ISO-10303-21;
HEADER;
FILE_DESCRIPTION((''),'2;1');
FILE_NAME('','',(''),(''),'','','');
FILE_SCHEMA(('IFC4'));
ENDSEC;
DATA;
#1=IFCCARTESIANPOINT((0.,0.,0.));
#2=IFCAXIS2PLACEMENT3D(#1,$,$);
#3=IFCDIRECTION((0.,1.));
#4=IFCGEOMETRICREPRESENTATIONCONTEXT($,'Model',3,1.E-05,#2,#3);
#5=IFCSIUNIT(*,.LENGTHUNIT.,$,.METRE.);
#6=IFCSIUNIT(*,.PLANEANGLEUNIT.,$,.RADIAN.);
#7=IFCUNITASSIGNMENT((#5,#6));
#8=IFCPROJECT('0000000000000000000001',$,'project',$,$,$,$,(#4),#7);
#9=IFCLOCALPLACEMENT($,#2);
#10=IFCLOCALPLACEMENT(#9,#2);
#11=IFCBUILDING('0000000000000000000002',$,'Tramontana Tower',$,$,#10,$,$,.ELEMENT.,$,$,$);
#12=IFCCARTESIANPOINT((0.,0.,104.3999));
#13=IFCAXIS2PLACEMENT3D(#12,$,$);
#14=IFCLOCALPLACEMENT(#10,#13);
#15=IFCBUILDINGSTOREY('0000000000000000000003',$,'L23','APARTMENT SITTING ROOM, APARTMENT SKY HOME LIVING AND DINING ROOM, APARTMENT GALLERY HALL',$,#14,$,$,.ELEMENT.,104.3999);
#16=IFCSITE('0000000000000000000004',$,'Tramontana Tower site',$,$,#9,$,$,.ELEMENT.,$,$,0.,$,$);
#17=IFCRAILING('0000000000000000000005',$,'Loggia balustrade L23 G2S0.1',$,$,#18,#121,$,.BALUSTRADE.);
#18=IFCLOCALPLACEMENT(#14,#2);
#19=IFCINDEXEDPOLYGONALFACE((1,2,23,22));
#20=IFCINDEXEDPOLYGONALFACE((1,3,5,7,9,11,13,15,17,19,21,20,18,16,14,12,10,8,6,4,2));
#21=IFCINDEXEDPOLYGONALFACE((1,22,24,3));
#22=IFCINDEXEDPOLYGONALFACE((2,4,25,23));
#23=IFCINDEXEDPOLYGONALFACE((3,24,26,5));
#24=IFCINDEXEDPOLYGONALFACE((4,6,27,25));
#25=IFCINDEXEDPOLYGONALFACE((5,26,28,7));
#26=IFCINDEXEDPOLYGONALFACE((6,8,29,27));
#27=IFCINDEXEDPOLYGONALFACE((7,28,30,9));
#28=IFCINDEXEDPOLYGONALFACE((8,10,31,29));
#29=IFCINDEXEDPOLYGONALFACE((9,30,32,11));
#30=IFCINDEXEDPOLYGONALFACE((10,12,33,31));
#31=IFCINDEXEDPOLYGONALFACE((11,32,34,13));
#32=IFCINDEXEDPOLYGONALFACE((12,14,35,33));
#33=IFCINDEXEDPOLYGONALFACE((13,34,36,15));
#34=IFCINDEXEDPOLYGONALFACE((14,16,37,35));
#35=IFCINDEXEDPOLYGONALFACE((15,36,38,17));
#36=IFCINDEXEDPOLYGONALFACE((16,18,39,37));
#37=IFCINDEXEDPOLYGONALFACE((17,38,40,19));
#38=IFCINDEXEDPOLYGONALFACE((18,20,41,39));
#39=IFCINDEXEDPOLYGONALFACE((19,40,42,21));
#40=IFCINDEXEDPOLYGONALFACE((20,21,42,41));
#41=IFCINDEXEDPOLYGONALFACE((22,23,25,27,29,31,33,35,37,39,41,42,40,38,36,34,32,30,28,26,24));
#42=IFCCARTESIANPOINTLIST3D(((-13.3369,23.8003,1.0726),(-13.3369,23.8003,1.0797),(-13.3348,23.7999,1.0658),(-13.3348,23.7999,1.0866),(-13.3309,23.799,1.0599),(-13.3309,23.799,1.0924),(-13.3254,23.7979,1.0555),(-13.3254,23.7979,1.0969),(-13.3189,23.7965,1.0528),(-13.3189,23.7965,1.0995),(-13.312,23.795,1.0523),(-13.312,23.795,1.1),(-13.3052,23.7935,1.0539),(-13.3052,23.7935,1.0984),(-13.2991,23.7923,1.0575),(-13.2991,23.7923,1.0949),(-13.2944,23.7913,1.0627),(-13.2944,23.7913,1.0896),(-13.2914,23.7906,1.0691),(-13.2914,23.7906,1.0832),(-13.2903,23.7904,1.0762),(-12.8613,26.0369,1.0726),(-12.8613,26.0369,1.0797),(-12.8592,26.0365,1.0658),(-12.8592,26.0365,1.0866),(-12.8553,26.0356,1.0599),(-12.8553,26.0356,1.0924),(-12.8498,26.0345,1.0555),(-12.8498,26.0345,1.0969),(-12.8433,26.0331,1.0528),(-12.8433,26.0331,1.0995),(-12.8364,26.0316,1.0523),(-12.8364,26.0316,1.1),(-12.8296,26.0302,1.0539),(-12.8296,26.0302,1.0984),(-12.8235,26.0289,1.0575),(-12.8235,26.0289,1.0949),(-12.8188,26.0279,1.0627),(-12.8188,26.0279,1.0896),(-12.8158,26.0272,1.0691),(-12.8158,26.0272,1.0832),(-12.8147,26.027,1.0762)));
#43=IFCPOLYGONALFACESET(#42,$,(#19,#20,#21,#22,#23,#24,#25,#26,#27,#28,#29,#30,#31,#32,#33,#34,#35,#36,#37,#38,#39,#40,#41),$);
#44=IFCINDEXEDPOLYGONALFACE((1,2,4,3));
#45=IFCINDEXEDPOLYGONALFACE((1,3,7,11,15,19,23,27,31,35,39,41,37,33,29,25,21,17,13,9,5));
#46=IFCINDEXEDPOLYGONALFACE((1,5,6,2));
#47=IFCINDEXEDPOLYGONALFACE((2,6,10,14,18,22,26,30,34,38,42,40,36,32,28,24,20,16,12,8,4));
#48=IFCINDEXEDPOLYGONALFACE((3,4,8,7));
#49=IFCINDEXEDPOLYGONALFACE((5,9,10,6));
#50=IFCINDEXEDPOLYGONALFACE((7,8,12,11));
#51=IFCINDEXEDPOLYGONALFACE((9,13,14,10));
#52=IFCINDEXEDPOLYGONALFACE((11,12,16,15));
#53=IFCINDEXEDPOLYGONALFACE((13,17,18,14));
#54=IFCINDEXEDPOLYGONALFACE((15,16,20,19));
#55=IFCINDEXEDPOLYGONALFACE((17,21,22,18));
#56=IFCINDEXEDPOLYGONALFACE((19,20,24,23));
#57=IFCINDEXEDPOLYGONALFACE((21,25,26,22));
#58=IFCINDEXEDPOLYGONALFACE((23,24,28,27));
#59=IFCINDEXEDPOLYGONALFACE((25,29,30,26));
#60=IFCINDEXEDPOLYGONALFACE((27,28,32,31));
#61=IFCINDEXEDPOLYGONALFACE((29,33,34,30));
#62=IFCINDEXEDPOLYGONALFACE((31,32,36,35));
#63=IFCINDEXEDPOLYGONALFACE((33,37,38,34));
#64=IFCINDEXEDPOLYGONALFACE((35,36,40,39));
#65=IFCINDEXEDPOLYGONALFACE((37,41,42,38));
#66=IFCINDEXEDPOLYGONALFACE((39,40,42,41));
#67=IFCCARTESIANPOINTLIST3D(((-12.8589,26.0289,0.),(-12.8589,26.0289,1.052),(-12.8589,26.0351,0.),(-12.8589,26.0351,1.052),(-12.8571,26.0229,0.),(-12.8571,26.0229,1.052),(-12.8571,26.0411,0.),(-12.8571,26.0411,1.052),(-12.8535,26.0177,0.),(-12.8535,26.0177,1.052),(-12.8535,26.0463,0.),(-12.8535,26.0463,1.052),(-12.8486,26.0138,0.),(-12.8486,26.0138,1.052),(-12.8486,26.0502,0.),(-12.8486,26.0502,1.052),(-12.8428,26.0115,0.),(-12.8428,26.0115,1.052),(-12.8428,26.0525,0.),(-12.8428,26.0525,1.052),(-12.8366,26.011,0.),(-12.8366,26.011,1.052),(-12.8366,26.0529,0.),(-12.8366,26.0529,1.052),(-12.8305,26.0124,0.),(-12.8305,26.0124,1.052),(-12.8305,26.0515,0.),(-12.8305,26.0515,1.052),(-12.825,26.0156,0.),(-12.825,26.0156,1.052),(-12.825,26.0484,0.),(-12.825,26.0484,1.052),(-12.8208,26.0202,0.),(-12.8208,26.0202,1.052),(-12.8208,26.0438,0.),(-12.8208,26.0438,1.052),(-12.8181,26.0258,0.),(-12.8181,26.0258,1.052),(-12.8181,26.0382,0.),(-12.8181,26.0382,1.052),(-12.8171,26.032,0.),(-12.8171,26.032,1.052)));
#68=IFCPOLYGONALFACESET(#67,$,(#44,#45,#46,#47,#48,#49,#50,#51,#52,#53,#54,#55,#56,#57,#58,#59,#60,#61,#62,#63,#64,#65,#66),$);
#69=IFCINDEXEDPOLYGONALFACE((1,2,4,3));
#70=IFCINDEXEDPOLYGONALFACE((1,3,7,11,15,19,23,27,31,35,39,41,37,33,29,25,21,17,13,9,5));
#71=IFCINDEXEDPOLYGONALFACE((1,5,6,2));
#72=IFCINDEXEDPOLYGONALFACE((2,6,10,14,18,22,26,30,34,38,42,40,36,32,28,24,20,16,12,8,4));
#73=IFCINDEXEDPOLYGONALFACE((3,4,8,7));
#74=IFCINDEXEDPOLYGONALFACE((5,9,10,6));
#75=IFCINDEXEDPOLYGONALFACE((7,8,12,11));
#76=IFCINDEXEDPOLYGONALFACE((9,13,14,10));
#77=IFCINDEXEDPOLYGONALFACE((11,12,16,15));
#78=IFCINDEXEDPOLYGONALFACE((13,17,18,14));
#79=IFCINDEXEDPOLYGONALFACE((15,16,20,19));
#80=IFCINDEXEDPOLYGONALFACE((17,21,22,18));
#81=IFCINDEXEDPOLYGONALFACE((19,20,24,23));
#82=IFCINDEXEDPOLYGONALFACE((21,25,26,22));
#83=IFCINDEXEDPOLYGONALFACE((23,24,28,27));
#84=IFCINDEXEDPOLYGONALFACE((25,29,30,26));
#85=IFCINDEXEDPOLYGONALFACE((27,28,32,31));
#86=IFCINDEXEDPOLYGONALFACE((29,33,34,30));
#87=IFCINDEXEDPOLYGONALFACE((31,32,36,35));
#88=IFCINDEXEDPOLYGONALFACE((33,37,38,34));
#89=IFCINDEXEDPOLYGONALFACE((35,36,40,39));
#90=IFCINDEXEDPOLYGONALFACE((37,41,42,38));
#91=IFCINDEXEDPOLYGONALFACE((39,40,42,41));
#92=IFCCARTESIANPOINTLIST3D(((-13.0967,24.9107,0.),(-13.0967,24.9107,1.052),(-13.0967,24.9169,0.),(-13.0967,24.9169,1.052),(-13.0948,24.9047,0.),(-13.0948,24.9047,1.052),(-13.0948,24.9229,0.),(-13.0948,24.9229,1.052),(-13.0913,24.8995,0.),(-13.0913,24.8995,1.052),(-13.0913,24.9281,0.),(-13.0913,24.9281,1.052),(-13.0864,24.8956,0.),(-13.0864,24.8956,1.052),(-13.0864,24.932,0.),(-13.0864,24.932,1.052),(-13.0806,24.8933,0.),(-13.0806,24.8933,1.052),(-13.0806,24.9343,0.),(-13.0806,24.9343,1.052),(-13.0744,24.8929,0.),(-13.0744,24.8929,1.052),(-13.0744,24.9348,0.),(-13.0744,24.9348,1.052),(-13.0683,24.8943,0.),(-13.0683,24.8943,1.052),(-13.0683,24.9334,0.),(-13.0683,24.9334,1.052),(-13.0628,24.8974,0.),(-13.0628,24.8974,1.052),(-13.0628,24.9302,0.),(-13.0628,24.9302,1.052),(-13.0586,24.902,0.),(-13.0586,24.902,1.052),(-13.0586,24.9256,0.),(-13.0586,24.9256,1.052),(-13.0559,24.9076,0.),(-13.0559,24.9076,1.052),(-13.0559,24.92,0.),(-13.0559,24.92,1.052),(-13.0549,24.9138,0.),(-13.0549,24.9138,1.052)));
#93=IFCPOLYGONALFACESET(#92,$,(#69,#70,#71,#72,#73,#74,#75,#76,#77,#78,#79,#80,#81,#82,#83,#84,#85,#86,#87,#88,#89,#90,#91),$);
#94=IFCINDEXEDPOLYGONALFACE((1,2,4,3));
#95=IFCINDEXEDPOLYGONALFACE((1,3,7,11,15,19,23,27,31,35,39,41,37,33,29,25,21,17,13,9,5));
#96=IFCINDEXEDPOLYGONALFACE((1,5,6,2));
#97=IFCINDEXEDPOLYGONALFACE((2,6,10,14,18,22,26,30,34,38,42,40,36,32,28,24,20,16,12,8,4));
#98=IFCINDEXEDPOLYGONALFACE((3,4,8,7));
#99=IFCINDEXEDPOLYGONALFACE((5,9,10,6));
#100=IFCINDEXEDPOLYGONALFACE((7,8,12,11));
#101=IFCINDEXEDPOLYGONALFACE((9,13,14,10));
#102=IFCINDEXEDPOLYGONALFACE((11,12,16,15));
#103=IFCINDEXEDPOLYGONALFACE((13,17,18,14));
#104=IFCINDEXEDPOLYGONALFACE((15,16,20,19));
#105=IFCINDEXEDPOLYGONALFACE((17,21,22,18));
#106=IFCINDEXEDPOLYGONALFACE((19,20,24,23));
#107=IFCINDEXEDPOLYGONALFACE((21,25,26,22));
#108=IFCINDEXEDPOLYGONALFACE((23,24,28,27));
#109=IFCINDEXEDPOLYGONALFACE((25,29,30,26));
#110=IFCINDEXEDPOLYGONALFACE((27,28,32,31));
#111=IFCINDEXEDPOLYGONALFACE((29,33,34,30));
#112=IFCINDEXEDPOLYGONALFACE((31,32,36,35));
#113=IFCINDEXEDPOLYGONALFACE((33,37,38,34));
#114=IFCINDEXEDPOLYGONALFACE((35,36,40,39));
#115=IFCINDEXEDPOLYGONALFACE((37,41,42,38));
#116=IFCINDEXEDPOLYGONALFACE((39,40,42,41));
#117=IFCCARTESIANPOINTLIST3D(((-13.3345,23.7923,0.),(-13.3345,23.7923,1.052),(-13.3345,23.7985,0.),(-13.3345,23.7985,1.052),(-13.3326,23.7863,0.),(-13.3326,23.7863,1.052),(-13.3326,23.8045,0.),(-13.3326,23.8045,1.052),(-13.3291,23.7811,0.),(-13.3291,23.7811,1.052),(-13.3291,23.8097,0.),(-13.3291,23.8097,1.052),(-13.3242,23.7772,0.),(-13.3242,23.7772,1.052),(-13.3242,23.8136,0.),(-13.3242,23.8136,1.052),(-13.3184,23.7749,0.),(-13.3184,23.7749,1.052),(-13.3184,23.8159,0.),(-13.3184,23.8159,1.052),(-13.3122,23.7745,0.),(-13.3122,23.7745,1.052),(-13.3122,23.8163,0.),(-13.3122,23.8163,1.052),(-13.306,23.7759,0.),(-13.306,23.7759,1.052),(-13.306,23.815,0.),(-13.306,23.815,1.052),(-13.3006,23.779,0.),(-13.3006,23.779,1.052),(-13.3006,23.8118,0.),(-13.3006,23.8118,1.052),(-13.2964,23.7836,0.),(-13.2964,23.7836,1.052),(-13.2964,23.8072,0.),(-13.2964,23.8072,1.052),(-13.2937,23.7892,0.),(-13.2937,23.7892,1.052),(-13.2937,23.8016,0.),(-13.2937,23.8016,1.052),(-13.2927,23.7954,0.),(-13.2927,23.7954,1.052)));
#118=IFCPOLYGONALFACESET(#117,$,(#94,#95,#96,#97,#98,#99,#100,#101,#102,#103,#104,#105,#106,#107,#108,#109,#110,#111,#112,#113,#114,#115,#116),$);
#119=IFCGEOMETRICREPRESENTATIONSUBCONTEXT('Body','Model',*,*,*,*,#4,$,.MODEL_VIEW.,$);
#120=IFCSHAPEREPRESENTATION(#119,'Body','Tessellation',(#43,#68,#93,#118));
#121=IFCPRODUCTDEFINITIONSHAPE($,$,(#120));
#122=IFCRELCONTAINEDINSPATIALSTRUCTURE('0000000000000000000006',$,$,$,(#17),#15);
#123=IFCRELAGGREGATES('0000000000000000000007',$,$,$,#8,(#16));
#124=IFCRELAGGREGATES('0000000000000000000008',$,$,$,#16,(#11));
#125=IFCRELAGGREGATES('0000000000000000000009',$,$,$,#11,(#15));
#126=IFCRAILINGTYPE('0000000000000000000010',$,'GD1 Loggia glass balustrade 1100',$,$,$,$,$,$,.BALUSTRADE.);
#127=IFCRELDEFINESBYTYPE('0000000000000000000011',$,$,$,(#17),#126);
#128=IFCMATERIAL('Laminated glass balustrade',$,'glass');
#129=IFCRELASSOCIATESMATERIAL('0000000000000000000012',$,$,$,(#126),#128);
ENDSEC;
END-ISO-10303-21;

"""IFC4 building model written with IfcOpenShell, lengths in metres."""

from ifc_helpers import new_model, si_unit, direction, frame, origin, origin_2d, place, context, subcontext, project, spatial, circle, extrude, material, type_object, element, save


model = new_model("IFC4")

# Units and contexts
model_context = context("Model", 3, precision=1e-05, world=origin(), true_north=direction((0.0, 1.0)))
body_context = subcontext(model_context, "Body", "Model", "MODEL_VIEW")
ifc_project = project(units=[si_unit("LENGTHUNIT", "METRE"), si_unit("PLANEANGLEUNIT", "RADIAN")], contexts=[model_context])

# Site, building, storey
site_placement = place(None, origin())
site = spatial("IfcSite", under=ifc_project, at=site_placement, Name="Tramontana Tower site", CompositionType="ELEMENT", RefElevation=0.0)
building_placement = place(site_placement, origin())
building = spatial("IfcBuilding", under=site, at=building_placement, Name="Tramontana Tower", CompositionType="ELEMENT")
storey_placement = place(building_placement, frame((0.0, 0.0, 104.3999)))
storey = spatial("IfcBuildingStorey", under=building, at=storey_placement, Name="L23", Description="APARTMENT SITTING ROOM, APARTMENT SKY HOME LIVING AND DINING ROOM, APARTMENT GALLERY HALL", CompositionType="ELEMENT", Elevation=104.3999)

# Railing
ifc_material_1 = material(Name="Laminated glass balustrade", Category="glass")
railing_type = type_object("IfcRailingType", Name="GD1 Loggia glass balustrade 1100", PredefinedType="BALUSTRADE", material=ifc_material_1)
railing_1_placement = place(storey_placement, frame((-12.8381, 26.032, 0.0)))
element("IfcRailing", 1, at=railing_1_placement, inside=storey, type_object=railing_type, Name="Loggia balustrade L23 G2S0.1", PredefinedType="BALUSTRADE", context=body_context, shape_type="SweptSolid", body=[
    extrude(circle(Radius=0.0239, at=origin_2d()), frame((0.0, 0.0, 1.0762), z_axis=(-0.20799, -0.978131, 0.0), x_axis=(0.978131, -0.20799, 0.0)), (0.0, 0.0, 1.0), 2.2866),
    extrude(circle(Radius=0.021, at=origin_2d()), origin(), (0.0, 0.0, 1.0), 1.052),
    extrude(circle(Radius=0.021, at=origin_2d()), frame((-0.2378, -1.1182, 0.0)), (0.0, 0.0, 1.0), 1.052),
    extrude(circle(Radius=0.021, at=origin_2d()), frame((-0.4756, -2.2366, 0.0)), (0.0, 0.0, 1.0), 1.052),
])

save(model, "model.ifc")
